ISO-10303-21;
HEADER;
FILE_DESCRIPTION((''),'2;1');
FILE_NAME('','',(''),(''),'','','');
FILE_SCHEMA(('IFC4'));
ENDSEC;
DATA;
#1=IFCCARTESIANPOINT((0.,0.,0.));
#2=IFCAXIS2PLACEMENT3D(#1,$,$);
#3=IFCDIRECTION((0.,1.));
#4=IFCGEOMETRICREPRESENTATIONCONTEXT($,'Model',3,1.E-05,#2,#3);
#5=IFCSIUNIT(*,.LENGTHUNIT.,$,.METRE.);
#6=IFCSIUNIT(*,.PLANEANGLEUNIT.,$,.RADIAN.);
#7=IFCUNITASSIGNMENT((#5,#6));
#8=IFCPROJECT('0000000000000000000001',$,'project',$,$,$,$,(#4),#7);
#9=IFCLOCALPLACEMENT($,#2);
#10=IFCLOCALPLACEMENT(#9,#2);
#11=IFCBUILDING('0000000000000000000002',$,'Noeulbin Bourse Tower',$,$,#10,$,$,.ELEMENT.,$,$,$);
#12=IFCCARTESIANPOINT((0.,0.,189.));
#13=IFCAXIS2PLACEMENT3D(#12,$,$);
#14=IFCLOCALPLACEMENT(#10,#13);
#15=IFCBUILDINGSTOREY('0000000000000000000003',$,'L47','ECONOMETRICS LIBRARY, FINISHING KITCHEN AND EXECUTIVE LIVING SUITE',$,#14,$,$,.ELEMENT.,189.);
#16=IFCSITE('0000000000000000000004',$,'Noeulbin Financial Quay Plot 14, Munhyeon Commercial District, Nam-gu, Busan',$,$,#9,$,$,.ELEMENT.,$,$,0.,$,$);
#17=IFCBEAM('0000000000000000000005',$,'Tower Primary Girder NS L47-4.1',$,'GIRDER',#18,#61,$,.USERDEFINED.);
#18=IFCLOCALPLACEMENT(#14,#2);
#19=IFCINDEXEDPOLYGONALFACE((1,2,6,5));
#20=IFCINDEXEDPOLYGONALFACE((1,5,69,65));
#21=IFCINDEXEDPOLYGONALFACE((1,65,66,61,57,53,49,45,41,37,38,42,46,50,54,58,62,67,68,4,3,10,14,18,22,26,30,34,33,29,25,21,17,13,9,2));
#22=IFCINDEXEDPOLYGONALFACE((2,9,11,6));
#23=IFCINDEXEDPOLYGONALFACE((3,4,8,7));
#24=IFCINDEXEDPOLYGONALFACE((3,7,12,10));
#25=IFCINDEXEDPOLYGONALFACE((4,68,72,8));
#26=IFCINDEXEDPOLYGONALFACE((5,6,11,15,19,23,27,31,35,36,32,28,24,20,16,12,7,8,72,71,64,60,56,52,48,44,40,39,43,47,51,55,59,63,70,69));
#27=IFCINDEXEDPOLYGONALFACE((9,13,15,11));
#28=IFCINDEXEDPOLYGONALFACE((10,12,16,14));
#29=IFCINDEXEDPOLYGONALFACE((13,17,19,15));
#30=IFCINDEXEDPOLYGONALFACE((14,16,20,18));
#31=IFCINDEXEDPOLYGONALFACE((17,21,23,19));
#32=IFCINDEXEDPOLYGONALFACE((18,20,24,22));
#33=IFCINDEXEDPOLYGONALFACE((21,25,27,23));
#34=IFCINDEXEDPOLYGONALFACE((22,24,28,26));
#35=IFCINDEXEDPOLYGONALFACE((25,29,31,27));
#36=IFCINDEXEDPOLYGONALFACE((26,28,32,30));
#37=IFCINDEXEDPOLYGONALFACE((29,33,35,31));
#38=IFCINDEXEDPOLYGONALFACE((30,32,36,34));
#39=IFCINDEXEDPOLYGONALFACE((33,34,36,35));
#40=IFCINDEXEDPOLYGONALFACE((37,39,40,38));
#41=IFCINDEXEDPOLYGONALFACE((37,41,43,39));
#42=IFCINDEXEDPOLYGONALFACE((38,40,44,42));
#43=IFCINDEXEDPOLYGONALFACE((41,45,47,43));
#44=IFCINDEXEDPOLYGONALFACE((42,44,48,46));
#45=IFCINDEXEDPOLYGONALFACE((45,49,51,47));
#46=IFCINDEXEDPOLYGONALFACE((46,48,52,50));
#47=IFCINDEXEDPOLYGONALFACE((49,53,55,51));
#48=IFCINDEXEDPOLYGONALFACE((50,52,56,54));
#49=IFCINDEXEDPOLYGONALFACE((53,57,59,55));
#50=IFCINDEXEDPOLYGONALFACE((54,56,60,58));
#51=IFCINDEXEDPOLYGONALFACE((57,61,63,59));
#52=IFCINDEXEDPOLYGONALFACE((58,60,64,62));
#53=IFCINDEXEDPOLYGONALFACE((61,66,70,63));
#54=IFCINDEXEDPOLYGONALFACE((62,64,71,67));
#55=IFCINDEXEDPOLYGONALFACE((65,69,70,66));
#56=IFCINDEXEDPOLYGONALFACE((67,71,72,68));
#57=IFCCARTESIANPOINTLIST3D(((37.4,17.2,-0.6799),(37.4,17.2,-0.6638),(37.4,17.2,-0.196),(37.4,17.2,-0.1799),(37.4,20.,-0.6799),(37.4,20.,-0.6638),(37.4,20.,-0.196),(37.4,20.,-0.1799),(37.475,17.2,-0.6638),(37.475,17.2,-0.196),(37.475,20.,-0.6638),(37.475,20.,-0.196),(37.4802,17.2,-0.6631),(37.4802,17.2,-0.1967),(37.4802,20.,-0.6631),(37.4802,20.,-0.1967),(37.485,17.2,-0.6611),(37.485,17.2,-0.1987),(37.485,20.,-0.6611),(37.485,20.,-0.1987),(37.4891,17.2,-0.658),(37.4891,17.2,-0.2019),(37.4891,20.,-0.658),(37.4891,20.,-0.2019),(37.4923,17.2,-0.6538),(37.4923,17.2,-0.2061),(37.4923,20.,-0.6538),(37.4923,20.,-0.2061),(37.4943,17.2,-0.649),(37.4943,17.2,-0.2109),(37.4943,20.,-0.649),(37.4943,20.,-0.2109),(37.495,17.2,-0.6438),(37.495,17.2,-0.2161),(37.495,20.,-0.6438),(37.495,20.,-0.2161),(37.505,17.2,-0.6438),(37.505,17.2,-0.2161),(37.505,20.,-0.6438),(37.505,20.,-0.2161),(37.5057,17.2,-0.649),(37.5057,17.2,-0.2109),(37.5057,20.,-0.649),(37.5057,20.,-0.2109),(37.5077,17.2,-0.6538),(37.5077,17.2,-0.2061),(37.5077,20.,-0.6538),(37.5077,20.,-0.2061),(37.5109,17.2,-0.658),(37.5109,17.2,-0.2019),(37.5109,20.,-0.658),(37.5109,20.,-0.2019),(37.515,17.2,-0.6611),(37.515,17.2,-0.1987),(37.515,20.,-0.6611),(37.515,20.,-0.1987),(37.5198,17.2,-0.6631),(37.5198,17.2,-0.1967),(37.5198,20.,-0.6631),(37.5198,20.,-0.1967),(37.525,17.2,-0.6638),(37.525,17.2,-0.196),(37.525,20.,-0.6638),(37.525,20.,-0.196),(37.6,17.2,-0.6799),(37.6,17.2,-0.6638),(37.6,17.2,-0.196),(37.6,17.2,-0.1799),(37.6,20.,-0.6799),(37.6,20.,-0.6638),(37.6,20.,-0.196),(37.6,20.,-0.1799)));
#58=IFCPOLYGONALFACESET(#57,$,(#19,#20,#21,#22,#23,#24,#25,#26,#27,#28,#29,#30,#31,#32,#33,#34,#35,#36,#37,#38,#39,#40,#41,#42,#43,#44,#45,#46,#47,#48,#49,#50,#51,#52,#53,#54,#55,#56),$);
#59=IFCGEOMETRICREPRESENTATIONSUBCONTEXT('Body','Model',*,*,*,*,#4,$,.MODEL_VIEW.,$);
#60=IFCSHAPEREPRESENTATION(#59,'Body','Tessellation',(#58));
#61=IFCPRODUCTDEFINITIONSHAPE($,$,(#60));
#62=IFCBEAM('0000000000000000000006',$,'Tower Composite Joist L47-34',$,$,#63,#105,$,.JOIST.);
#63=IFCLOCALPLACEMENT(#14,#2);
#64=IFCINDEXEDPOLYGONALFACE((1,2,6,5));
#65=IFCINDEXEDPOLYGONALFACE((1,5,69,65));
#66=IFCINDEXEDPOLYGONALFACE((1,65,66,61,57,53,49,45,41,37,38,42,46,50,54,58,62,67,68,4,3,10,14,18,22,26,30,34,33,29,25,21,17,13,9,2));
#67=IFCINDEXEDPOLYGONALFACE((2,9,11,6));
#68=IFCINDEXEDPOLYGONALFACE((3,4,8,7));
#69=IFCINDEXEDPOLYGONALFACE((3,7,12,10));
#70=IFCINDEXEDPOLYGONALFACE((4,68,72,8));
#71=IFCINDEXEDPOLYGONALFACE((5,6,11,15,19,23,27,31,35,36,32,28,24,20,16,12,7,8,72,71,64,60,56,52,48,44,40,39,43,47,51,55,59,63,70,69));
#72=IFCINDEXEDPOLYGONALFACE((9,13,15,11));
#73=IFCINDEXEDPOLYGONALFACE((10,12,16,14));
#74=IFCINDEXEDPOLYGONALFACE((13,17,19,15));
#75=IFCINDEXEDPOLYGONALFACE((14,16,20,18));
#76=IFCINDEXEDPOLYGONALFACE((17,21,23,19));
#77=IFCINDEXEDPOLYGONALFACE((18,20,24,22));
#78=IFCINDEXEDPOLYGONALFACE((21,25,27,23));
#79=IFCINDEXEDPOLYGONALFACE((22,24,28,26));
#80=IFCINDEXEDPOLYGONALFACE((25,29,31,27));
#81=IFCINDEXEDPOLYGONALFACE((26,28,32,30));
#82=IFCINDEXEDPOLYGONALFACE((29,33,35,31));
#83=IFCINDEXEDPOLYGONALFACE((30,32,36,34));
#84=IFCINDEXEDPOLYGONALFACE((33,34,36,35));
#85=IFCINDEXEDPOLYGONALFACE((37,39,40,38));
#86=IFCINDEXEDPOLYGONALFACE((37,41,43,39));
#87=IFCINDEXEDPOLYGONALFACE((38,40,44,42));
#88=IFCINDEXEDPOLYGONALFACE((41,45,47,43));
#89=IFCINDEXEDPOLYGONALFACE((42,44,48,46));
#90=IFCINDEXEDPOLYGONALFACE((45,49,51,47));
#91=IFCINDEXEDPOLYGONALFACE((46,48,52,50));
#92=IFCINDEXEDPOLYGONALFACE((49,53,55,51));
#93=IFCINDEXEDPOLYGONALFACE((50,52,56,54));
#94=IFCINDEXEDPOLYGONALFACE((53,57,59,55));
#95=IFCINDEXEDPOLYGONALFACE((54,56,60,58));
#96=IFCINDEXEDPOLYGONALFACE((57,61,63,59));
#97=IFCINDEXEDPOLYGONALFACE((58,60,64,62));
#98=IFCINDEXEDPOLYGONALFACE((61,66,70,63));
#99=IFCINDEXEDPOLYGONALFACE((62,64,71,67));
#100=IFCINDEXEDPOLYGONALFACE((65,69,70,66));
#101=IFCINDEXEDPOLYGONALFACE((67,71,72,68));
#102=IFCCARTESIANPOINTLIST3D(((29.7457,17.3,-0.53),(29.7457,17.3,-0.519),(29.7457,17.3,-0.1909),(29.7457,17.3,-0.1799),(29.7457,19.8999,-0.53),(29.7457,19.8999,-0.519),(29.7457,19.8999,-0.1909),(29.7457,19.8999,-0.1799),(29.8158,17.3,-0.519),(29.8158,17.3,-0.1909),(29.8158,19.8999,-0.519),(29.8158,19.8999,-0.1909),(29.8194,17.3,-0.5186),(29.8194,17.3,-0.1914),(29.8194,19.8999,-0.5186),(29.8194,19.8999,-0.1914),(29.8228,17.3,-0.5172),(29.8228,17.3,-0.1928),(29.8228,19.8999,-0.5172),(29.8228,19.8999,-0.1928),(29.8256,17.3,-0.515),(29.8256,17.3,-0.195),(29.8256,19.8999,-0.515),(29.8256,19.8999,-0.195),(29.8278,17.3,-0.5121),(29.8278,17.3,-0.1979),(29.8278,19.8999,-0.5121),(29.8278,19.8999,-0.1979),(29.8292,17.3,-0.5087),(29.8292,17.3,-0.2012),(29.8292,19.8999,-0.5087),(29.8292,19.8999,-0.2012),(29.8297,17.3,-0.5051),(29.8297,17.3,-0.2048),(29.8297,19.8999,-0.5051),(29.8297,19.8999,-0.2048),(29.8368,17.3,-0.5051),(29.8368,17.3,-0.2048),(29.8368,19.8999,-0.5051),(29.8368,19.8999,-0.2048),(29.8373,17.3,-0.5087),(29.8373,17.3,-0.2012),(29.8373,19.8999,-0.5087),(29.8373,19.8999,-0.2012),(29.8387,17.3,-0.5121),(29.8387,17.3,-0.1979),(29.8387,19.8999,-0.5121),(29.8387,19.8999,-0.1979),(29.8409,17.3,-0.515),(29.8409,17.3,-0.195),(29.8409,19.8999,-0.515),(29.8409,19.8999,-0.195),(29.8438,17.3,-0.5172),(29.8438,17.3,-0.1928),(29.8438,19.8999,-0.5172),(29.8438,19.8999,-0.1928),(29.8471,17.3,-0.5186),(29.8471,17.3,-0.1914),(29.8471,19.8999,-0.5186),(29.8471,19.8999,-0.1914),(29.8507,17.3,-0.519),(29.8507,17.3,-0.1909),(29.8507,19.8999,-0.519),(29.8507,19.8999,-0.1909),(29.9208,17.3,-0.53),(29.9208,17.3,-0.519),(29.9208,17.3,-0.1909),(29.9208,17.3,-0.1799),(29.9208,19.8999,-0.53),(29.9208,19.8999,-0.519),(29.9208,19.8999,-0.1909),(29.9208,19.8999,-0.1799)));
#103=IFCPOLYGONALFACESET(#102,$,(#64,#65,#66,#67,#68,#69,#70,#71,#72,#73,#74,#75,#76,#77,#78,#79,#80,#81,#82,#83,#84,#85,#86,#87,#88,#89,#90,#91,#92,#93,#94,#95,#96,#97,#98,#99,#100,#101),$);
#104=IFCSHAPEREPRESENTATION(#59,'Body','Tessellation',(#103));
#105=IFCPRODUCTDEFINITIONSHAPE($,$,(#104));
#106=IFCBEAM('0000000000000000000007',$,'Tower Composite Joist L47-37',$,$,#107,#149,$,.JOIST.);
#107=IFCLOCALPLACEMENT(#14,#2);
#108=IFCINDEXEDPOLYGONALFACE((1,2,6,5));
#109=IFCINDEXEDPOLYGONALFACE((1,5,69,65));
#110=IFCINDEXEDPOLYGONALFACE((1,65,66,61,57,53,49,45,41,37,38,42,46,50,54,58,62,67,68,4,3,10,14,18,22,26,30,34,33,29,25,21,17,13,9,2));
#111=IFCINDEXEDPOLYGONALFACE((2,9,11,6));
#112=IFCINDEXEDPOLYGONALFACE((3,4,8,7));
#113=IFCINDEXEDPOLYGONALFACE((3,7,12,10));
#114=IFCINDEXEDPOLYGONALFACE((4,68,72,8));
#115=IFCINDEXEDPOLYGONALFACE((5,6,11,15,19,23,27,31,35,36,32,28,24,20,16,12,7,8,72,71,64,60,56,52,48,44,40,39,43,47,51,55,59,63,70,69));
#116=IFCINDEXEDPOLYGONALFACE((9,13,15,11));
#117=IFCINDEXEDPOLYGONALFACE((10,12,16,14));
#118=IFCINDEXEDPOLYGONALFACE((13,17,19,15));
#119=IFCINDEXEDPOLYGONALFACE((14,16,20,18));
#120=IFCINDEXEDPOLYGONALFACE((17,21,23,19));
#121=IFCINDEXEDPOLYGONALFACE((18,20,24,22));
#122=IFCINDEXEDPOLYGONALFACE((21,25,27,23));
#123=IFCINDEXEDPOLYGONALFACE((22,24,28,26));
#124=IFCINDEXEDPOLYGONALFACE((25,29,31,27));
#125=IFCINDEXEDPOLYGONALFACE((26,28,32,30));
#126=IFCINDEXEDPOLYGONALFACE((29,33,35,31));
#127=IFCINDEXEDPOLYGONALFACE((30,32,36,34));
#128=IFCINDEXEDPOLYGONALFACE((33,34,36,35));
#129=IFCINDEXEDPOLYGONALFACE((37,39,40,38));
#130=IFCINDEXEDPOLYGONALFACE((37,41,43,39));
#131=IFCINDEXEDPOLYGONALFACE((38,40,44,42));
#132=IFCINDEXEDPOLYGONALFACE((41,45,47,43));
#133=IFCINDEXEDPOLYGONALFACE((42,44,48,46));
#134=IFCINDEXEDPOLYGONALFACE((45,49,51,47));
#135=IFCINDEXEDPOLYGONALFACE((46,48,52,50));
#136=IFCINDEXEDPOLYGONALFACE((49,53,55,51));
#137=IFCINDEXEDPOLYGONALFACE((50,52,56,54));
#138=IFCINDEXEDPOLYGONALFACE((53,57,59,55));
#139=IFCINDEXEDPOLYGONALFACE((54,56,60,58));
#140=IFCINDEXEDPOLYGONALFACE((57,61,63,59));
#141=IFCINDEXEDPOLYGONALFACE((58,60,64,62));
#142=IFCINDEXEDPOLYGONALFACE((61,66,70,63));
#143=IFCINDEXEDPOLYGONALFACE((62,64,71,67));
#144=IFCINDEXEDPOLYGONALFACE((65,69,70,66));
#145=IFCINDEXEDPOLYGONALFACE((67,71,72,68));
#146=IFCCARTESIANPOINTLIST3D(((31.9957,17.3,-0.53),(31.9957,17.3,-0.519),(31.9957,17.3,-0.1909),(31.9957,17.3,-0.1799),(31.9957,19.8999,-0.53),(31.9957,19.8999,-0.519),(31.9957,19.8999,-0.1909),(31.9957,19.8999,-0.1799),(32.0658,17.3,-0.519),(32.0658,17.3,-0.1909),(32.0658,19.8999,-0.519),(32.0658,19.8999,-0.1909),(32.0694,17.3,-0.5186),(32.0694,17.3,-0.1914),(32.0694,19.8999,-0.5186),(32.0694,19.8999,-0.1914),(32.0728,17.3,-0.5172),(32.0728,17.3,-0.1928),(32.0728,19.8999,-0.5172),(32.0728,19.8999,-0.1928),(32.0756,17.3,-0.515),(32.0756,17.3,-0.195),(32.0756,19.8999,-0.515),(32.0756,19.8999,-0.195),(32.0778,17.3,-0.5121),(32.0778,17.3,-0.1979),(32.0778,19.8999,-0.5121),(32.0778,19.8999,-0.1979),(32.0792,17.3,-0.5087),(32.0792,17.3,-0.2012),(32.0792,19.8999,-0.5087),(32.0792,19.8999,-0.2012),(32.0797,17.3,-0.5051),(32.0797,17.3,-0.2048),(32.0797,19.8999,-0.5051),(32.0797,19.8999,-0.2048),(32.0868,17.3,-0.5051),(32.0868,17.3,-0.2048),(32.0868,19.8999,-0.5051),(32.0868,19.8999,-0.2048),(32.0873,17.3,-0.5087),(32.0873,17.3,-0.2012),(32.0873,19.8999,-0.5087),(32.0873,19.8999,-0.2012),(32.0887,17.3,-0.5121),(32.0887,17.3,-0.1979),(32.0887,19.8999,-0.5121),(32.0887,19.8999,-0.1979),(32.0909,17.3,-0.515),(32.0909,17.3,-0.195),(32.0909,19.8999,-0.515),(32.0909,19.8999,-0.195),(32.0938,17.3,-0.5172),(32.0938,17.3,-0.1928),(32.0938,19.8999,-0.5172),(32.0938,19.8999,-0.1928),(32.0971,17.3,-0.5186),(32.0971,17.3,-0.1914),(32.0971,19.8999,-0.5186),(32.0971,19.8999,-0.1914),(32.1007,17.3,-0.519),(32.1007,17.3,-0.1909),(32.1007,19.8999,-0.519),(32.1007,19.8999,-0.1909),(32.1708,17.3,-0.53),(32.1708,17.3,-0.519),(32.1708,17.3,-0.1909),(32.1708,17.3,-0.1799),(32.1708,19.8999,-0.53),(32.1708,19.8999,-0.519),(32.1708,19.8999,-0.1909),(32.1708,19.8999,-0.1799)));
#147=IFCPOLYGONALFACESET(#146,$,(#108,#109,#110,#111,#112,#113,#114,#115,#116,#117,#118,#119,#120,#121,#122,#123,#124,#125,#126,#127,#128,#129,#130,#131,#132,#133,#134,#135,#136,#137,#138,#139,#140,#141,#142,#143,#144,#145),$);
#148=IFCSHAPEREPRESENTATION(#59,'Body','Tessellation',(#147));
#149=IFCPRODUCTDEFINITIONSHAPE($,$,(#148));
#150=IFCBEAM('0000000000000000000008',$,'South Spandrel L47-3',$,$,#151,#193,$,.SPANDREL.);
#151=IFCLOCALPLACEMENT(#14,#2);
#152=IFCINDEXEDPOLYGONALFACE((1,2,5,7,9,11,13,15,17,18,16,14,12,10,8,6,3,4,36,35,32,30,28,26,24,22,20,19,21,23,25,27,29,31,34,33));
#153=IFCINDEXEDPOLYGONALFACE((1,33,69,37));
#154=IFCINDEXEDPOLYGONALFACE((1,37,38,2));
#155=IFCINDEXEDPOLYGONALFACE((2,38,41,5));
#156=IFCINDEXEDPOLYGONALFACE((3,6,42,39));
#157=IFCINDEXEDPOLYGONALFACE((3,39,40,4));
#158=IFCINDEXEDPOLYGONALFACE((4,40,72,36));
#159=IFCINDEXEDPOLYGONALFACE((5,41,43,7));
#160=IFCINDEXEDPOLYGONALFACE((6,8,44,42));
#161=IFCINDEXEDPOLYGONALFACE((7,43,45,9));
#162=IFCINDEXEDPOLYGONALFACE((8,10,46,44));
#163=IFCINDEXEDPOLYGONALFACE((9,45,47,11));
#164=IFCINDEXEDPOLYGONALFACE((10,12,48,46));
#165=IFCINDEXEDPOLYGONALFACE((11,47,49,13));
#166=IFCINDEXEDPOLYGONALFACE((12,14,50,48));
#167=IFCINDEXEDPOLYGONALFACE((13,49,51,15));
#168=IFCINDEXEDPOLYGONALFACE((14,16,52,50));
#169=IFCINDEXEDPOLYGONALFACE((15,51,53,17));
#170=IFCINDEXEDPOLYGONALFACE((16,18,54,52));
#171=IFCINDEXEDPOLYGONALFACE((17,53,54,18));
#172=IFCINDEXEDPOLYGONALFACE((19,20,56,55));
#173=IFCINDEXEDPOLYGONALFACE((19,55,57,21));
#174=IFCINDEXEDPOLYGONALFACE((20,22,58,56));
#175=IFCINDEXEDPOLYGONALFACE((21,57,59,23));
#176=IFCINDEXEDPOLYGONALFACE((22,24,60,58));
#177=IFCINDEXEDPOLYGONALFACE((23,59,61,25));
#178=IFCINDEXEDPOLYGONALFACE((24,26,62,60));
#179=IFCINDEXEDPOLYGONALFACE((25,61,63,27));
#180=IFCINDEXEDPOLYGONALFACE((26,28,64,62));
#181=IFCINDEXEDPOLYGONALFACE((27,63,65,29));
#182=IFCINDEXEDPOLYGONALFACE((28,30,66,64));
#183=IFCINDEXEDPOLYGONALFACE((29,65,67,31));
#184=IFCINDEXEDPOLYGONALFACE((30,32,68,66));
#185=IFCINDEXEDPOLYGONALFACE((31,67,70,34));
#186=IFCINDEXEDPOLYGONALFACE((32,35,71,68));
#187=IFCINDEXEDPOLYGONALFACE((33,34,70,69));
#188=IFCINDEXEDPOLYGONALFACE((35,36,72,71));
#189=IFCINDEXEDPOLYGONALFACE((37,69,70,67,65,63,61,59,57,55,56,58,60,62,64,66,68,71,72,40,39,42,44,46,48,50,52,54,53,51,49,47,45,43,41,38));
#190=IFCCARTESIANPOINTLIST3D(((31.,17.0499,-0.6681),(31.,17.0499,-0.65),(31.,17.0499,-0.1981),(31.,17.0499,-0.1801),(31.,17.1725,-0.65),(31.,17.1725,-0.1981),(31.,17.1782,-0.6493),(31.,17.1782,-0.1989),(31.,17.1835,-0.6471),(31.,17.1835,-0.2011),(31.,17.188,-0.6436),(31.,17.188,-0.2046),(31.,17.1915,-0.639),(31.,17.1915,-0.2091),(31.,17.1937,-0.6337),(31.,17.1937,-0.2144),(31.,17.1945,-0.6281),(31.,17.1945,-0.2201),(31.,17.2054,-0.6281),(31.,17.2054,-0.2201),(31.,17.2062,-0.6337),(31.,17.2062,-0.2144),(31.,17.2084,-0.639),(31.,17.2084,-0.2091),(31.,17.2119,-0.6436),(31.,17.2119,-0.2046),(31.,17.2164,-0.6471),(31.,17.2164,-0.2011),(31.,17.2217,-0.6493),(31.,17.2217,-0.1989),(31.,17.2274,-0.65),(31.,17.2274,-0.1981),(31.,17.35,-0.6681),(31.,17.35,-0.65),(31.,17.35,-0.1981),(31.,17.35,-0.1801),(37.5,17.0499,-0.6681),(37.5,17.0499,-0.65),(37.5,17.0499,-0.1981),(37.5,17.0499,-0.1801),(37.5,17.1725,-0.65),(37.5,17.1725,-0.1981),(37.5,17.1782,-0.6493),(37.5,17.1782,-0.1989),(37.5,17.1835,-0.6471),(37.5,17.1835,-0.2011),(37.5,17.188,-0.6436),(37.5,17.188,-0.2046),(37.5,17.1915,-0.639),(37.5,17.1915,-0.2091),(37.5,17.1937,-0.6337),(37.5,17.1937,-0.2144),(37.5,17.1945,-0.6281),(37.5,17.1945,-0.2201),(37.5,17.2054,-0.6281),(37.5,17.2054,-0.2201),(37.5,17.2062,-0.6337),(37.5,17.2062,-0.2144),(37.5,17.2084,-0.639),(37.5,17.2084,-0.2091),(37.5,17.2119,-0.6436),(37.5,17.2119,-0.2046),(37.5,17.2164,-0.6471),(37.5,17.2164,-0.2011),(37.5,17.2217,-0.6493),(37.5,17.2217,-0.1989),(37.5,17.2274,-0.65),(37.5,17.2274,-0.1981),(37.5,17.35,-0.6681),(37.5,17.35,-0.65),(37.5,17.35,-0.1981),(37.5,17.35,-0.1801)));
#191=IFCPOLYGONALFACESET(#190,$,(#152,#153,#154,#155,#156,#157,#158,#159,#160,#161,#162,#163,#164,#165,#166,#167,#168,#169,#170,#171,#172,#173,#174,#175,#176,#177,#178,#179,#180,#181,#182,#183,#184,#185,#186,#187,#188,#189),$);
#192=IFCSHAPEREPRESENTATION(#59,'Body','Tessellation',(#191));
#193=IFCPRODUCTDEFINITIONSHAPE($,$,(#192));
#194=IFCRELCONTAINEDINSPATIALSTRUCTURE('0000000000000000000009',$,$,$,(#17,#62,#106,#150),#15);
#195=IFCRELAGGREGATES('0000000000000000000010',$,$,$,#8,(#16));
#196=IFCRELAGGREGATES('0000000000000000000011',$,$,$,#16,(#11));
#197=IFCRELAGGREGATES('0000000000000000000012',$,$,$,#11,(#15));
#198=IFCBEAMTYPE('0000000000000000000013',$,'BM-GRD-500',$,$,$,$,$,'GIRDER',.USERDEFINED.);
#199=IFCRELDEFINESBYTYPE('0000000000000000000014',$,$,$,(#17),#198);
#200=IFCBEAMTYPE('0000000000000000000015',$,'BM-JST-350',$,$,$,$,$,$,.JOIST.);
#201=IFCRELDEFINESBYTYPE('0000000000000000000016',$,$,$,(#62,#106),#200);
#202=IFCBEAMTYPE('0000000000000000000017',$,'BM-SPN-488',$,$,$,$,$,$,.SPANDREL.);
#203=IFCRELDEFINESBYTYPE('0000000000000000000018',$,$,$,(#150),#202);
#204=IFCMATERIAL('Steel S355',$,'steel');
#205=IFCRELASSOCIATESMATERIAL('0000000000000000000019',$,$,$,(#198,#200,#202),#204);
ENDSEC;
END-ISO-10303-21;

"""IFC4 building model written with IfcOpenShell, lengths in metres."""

from ifc_helpers import new_model, si_unit, direction, frame, origin, origin_2d, place, context, subcontext, project, spatial, i_section, extrude, material, material_profile, profile_set, type_object, element, save


model = new_model("IFC4")

# Units and contexts
model_context = context("Model", 3, precision=1e-05, world=origin(), true_north=direction((0.0, 1.0)))
body_context = subcontext(model_context, "Body", "Model", "MODEL_VIEW")
ifc_project = project(units=[si_unit("LENGTHUNIT", "METRE"), si_unit("PLANEANGLEUNIT", "RADIAN")], contexts=[model_context])

# Site, building, storey
site_placement = place(None, origin())
site = spatial("IfcSite", under=ifc_project, at=site_placement, Name="Noeulbin Financial Quay Plot 14, Munhyeon Commercial District, Nam-gu, Busan", CompositionType="ELEMENT", RefElevation=0.0)
building_placement = place(site_placement, origin())
building = spatial("IfcBuilding", under=site, at=building_placement, Name="Noeulbin Bourse Tower", CompositionType="ELEMENT")
storey_placement = place(building_placement, frame((0.0, 0.0, 189.0)))
storey = spatial("IfcBuildingStorey", under=building, at=storey_placement, Name="L47", Description="ECONOMETRICS LIBRARY, FINISHING KITCHEN AND EXECUTIVE LIVING SUITE", CompositionType="ELEMENT", Elevation=189.0)

# Shared definitions
ifc_material_1 = material(Name="Steel S355", Category="steel")

# Beams
ifc_material_profile_1 = material_profile(ifc_material_1, i_section(OverallWidth=0.2, OverallDepth=0.5, WebThickness=0.01, FlangeThickness=0.0161, FilletRadius=0.02, at=origin_2d()), Name="H-500x200x10x16", Category="LoadBearing")
ifc_profile_set_1 = profile_set([ifc_material_profile_1], Name="Steel S355")
beam_type_1 = type_object("IfcBeamType", Name="BM-GRD-500", ElementType="GIRDER", PredefinedType="USERDEFINED", material=ifc_profile_set_1)
for number, where, z_axis, x_axis, name in (
    (1, (37.5, 17.2, -0.4299), (0.0, 1.0, 0.0), (-1.0, 0.0, 0.0), "Tower Primary Girder NS L47-4.1"),
):
    element("IfcBeam", number, at=place(storey_placement, frame(where, z_axis=z_axis, x_axis=x_axis)), inside=storey, type_object=beam_type_1, Name=name, ObjectType="GIRDER", PredefinedType="USERDEFINED", context=body_context, shape_type="SweptSolid", body=[
        extrude(i_section(OverallWidth=0.2, OverallDepth=0.5, WebThickness=0.01, FlangeThickness=0.0161, FilletRadius=0.02, at=origin_2d()), origin(), (0.0, 0.0, 1.0), 2.8),
    ])
ifc_material_profile_2 = material_profile(ifc_material_1, i_section(OverallWidth=0.175, OverallDepth=0.3501, WebThickness=0.0071, FlangeThickness=0.011, FilletRadius=0.0139, at=origin_2d()), Name="H-350x175x7x11", Category="LoadBearing")
ifc_profile_set_2 = profile_set([ifc_material_profile_2], Name="Steel S355")
beam_type_2 = type_object("IfcBeamType", Name="BM-JST-350", PredefinedType="JOIST", material=ifc_profile_set_2)
for number, where, z_axis, x_axis, name in (
    (2, (29.8333, 17.3, -0.355), (0.0, 1.0, 0.0), (-1.0, 0.0, 0.0), "Tower Composite Joist L47-34"),
    (3, (32.0833, 17.3, -0.355), (0.0, 1.0, 0.0), (-1.0, 0.0, 0.0), "Tower Composite Joist L47-37"),
):
    element("IfcBeam", number, at=place(storey_placement, frame(where, z_axis=z_axis, x_axis=x_axis)), inside=storey, type_object=beam_type_2, Name=name, PredefinedType="JOIST", context=body_context, shape_type="SweptSolid", body=[
        extrude(i_section(OverallWidth=0.175, OverallDepth=0.3501, WebThickness=0.0071, FlangeThickness=0.011, FilletRadius=0.0139, at=origin_2d()), origin(), (0.0, 0.0, 1.0), 2.5999),
    ])
ifc_material_profile_3 = material_profile(ifc_material_1, i_section(OverallWidth=0.3, OverallDepth=0.488, WebThickness=0.011, FlangeThickness=0.0181, FilletRadius=0.022, at=origin_2d()), Name="H-488x300x11x18", Category="LoadBearing")
ifc_profile_set_3 = profile_set([ifc_material_profile_3], Name="Steel S355")
beam_type_3 = type_object("IfcBeamType", Name="BM-SPN-488", PredefinedType="SPANDREL", material=ifc_profile_set_3)
for number, where, z_axis, x_axis, name in (
    (4, (31.0, 17.2, -0.4241), (1.0, 0.0, 0.0), (0.0, 1.0, 0.0), "South Spandrel L47-3"),
):
    element("IfcBeam", number, at=place(storey_placement, frame(where, z_axis=z_axis, x_axis=x_axis)), inside=storey, type_object=beam_type_3, Name=name, PredefinedType="SPANDREL", context=body_context, shape_type="SweptSolid", body=[
        extrude(i_section(OverallWidth=0.3, OverallDepth=0.488, WebThickness=0.011, FlangeThickness=0.0181, FilletRadius=0.022, at=origin_2d()), origin(), (0.0, 0.0, 1.0), 6.5),
    ])

save(model, "model.ifc")
